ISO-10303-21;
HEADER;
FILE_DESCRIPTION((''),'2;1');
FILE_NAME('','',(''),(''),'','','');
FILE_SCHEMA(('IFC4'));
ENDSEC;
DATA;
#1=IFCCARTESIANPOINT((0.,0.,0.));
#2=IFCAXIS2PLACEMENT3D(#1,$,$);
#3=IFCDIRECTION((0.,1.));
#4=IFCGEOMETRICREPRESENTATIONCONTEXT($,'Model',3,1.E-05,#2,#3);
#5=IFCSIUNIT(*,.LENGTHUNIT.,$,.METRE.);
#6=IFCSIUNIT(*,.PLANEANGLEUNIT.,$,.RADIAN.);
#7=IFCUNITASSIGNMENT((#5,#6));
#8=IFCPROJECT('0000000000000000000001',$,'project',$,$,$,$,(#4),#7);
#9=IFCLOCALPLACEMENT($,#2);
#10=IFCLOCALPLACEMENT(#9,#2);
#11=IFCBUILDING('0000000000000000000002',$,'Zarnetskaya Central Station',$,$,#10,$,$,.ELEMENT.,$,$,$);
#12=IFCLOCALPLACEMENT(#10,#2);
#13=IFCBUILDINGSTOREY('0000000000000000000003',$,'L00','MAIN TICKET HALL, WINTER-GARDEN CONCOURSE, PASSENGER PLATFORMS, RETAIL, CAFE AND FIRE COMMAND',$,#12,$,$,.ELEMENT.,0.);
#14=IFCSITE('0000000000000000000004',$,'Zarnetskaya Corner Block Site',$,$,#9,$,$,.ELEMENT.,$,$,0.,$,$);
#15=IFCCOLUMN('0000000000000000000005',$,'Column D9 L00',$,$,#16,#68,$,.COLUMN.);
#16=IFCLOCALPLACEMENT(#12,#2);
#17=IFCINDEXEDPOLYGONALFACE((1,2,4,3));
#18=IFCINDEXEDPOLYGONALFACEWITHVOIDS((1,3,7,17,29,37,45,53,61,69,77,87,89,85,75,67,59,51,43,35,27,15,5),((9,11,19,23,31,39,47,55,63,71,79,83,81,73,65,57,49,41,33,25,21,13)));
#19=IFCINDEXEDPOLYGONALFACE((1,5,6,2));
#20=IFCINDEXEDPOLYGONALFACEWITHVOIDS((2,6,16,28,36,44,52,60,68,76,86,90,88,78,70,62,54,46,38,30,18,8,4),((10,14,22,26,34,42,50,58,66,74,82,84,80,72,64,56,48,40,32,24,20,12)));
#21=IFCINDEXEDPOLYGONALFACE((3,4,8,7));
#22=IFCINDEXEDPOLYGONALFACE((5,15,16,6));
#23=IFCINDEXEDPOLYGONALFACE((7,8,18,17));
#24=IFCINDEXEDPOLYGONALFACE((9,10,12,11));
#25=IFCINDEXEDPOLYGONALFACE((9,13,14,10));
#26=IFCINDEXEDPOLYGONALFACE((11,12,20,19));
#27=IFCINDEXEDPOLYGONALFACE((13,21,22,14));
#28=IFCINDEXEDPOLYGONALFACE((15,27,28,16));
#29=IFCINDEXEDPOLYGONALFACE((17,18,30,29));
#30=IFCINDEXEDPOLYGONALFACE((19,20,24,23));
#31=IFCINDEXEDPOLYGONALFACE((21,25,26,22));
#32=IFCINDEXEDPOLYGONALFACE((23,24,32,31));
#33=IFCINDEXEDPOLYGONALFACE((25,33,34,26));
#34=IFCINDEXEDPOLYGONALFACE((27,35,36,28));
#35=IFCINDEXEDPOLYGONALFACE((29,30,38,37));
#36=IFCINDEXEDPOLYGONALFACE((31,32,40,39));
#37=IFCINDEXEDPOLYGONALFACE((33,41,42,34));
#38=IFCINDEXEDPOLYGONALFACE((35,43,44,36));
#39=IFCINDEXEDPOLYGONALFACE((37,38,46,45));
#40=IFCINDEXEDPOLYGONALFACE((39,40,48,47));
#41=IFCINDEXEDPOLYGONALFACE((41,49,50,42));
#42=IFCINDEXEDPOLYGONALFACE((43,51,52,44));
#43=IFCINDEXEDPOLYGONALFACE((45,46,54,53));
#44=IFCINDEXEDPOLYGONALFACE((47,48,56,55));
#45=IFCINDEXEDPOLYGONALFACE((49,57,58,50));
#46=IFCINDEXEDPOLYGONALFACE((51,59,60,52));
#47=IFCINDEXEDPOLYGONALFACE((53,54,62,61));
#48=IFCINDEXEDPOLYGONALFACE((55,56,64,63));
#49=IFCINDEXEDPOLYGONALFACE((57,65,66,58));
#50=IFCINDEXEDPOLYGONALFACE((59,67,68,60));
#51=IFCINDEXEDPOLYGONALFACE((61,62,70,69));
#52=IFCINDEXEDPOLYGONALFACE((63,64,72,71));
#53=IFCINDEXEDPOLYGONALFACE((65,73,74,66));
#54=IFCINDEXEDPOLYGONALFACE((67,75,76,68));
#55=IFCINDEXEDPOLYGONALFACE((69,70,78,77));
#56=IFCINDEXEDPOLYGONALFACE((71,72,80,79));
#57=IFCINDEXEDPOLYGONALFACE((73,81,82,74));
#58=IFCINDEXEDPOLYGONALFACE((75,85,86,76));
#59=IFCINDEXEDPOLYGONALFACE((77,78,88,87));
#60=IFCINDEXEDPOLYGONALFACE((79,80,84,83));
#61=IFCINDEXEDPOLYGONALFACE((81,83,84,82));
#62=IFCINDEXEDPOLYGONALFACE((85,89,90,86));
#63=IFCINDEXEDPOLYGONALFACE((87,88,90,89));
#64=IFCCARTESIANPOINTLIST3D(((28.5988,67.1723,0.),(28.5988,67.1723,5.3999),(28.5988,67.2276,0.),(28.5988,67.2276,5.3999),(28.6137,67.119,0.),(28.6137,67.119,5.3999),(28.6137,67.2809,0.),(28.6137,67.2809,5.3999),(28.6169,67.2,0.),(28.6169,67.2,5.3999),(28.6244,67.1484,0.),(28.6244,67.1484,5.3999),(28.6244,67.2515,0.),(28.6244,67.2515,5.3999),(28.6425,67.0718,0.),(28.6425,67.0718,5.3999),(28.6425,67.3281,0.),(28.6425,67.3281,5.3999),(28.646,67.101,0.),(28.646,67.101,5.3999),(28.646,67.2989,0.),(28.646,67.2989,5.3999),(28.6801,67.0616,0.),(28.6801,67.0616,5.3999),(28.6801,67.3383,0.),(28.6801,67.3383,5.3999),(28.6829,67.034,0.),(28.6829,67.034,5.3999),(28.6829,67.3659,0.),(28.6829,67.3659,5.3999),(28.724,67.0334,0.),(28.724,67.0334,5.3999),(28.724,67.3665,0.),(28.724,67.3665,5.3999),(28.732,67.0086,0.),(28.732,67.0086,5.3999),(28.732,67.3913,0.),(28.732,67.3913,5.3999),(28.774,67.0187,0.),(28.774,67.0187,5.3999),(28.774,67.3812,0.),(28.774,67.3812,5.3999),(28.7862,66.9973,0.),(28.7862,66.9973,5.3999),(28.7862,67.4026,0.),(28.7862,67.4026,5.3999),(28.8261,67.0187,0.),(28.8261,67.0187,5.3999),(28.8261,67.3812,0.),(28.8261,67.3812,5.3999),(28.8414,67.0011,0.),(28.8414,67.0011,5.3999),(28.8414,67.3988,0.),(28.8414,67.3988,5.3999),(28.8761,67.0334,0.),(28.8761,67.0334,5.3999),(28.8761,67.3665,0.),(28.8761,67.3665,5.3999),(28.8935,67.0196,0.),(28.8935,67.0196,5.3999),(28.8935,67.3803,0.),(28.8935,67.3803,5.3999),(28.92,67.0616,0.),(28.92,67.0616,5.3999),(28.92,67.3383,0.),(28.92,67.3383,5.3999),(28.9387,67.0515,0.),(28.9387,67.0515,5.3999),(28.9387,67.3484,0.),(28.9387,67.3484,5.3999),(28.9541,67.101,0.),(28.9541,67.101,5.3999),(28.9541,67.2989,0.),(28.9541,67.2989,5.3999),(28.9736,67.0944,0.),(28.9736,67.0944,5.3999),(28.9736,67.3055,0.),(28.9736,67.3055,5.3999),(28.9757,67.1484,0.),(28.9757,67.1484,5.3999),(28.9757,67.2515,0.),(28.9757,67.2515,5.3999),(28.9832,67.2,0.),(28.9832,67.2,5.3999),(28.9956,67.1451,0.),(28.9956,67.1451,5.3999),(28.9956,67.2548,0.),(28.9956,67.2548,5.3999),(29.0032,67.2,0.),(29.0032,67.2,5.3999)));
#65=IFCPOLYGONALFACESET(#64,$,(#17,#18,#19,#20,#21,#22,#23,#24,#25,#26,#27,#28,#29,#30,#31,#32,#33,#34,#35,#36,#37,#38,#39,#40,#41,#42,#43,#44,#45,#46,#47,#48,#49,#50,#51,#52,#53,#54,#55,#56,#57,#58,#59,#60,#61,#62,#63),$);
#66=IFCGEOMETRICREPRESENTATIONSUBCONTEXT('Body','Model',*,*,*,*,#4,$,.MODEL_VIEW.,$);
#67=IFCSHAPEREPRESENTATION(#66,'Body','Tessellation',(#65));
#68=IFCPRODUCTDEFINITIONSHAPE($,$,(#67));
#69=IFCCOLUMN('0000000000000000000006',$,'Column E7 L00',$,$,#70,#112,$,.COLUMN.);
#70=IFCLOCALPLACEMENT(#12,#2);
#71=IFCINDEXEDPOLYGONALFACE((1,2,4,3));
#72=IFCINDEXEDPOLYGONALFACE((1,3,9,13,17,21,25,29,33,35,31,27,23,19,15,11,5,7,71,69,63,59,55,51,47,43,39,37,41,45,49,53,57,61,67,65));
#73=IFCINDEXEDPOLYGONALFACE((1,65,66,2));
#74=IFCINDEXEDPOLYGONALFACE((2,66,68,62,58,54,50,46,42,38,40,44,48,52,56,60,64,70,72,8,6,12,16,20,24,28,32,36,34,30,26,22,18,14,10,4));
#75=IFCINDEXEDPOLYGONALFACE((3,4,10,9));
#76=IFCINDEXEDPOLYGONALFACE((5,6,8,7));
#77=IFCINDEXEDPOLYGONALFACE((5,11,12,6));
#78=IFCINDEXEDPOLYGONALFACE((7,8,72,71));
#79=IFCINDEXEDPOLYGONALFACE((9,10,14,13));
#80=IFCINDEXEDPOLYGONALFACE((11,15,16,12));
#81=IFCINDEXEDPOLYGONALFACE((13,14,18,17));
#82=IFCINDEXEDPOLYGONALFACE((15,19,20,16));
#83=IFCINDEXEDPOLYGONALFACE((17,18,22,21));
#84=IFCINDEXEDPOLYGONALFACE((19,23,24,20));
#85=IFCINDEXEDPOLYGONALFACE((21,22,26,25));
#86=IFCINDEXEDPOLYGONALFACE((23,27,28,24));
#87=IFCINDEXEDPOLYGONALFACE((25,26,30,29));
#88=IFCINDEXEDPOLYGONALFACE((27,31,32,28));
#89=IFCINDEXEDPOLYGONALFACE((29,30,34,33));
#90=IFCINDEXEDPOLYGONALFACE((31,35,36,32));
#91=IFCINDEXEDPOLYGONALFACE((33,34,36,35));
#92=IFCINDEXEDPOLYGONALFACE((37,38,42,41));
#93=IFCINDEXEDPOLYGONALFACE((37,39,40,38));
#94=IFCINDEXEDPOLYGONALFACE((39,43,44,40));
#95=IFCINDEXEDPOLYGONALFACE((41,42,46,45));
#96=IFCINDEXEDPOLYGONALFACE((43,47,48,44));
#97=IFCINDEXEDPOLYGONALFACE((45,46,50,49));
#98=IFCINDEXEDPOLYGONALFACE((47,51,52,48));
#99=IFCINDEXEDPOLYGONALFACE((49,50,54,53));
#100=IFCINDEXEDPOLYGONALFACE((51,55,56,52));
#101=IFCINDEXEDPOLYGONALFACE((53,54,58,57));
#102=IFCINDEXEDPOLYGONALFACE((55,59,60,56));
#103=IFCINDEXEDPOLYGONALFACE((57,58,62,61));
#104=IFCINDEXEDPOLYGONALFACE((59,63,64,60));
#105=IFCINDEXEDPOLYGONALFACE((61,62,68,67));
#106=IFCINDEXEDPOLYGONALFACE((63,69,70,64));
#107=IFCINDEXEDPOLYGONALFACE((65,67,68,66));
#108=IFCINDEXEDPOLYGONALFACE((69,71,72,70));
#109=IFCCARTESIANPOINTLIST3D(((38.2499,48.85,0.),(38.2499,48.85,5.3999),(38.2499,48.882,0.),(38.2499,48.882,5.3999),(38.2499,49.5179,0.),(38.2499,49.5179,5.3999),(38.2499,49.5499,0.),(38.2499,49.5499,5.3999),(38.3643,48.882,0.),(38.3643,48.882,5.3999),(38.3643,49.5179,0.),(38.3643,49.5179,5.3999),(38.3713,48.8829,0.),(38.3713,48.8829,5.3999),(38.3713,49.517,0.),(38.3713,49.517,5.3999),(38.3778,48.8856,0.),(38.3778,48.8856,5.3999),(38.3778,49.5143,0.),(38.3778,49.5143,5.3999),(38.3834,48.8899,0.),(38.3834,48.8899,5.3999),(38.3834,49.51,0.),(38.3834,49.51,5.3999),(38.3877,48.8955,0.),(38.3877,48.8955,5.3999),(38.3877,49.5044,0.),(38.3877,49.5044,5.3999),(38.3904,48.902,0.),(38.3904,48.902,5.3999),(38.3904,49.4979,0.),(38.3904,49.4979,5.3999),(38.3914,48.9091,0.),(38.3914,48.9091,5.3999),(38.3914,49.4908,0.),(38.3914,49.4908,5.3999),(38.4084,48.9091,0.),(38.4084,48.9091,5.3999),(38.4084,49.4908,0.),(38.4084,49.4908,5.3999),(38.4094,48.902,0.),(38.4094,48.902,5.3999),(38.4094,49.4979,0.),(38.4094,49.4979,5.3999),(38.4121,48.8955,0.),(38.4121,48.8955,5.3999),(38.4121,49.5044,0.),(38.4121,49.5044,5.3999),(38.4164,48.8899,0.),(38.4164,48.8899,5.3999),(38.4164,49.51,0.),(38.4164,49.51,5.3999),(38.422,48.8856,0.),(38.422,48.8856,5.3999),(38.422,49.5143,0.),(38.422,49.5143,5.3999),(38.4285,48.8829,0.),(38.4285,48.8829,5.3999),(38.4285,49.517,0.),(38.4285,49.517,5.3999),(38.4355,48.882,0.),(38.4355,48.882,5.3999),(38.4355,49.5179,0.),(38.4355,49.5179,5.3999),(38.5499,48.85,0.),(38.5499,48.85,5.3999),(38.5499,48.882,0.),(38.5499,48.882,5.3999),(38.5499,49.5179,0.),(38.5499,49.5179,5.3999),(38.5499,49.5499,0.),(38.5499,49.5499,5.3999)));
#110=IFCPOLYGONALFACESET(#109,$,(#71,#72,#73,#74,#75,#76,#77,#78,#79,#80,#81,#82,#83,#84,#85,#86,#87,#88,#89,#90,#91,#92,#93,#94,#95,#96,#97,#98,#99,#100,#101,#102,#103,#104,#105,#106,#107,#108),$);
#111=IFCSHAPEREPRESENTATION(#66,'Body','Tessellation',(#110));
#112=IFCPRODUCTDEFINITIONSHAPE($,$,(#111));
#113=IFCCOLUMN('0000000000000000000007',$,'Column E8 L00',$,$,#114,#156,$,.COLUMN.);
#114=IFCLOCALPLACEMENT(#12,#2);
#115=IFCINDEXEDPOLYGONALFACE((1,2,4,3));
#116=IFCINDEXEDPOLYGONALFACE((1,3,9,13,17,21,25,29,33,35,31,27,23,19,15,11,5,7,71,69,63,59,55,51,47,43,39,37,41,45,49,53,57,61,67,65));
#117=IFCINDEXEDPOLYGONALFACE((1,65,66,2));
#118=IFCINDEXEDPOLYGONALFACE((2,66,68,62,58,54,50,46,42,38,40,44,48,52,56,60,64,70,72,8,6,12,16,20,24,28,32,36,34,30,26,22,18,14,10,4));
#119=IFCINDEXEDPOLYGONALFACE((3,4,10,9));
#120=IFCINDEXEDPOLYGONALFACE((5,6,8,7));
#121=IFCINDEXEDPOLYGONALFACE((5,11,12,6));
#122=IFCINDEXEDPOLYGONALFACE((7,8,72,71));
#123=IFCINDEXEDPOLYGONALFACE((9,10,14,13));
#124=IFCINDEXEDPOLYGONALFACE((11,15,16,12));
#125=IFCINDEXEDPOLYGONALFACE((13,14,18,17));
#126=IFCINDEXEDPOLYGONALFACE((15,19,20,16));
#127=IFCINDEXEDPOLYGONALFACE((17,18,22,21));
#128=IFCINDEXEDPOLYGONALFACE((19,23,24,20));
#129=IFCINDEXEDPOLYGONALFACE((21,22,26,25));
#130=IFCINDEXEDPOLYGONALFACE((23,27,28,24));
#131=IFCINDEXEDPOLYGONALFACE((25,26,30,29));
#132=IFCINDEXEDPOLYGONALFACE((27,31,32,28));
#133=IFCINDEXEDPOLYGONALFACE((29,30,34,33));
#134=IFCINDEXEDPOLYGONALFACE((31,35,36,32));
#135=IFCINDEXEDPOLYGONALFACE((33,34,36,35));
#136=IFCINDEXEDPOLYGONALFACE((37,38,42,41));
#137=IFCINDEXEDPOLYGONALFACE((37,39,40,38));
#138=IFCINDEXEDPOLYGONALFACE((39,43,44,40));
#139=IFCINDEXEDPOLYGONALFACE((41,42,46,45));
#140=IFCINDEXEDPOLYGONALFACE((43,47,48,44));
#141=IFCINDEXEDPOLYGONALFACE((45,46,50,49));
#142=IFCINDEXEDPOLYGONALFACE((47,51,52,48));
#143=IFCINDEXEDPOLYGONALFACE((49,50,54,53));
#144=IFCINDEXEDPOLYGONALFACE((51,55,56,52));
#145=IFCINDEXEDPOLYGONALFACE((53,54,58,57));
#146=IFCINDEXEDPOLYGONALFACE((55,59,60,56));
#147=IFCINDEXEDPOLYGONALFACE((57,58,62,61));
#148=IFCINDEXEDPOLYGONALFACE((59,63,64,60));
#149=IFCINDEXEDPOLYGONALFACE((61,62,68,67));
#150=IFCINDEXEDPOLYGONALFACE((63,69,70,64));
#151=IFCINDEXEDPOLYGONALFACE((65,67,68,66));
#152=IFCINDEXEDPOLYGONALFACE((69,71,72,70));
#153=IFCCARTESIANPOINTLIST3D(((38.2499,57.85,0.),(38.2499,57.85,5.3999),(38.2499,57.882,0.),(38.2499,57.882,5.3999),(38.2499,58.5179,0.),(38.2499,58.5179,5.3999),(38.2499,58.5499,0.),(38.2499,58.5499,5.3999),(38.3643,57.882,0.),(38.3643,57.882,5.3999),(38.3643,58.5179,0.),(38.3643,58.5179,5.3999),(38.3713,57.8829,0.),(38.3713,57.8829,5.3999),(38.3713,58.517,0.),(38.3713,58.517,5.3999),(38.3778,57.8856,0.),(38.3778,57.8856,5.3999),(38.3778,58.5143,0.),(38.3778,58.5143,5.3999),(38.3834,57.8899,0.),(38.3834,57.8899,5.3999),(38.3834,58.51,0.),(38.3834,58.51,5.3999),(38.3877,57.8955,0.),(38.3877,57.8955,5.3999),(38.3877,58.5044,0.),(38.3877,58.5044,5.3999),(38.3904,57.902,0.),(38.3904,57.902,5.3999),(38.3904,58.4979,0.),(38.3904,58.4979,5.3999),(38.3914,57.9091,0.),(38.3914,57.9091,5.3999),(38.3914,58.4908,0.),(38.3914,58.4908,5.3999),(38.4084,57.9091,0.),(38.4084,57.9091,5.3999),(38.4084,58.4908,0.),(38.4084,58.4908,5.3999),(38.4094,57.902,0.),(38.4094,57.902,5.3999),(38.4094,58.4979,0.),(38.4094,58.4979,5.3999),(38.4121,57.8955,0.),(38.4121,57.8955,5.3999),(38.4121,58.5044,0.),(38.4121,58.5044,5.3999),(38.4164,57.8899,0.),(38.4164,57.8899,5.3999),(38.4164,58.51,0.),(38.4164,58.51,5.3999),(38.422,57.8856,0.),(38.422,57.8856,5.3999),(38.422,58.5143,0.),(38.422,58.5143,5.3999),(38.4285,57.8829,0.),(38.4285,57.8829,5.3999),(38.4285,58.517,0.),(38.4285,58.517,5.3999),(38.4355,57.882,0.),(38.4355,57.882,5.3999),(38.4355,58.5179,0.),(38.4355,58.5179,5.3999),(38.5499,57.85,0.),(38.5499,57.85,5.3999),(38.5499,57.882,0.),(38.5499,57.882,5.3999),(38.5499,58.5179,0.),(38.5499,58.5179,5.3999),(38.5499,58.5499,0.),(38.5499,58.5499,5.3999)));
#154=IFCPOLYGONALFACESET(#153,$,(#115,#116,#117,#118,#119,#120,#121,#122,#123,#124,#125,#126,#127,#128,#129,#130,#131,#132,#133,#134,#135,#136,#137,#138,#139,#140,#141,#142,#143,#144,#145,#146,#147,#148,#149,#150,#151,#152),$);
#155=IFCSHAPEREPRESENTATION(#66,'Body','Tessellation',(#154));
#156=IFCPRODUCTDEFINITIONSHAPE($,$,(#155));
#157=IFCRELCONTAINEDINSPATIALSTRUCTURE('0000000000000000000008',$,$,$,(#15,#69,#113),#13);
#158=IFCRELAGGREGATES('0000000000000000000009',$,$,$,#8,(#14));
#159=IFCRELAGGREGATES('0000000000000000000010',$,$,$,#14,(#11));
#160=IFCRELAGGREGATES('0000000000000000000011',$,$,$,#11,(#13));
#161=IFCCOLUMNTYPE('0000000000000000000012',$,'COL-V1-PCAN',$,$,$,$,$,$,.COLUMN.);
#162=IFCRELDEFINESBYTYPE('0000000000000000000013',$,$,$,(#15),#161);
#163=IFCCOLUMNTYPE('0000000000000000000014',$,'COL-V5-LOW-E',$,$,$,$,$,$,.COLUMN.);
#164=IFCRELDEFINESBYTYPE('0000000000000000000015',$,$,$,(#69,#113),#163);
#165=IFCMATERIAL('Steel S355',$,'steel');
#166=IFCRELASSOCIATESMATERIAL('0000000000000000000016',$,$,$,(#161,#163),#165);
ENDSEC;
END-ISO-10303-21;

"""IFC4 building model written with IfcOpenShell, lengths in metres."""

from ifc_helpers import new_model, si_unit, direction, frame, origin, origin_2d, place, context, subcontext, project, spatial, hollow_circle, i_section, extrude, material, material_profile, profile_set, type_object, element, save


model = new_model("IFC4")

# Units and contexts
model_context = context("Model", 3, precision=1e-05, world=origin(), true_north=direction((0.0, 1.0)))
body_context = subcontext(model_context, "Body", "Model", "MODEL_VIEW")
ifc_project = project(units=[si_unit("LENGTHUNIT", "METRE"), si_unit("PLANEANGLEUNIT", "RADIAN")], contexts=[model_context])

# Site, building, storey
site_placement = place(None, origin())
site = spatial("IfcSite", under=ifc_project, at=site_placement, Name="Zarnetskaya Corner Block Site", CompositionType="ELEMENT", RefElevation=0.0)
building_placement = place(site_placement, origin())
building = spatial("IfcBuilding", under=site, at=building_placement, Name="Zarnetskaya Central Station", CompositionType="ELEMENT")
storey_placement = place(building_placement, origin())
storey = spatial("IfcBuildingStorey", under=building, at=storey_placement, Name="L00", Description="MAIN TICKET HALL, WINTER-GARDEN CONCOURSE, PASSENGER PLATFORMS, RETAIL, CAFE AND FIRE COMMAND", CompositionType="ELEMENT", Elevation=0.0)

# Columns
ifc_material_1 = material(Name="Steel S355", Category="steel")
ifc_material_profile_1 = material_profile(ifc_material_1, hollow_circle(Radius=0.2031, WallThickness=0.02, at=origin_2d()), Name="CHS 406.4x20")
ifc_profile_set_1 = profile_set([ifc_material_profile_1], Name="Steel S355")
column_type_1 = type_object("IfcColumnType", Name="COL-V1-PCAN", PredefinedType="COLUMN", material=ifc_profile_set_1)
column_1_placement = place(storey_placement, frame((28.8, 67.2, 0.0), z_axis=(0.0, 0.0, 1.0), x_axis=(1.0, 0.0, 0.0)))
element("IfcColumn", 1, at=column_1_placement, inside=storey, type_object=column_type_1, Name="Column D9 L00", PredefinedType="COLUMN", context=body_context, shape_type="SweptSolid", body=[
    extrude(hollow_circle(Radius=0.2031, WallThickness=0.02, at=origin_2d()), origin(), (0.0, 0.0, 1.0), 5.3999),
])
ifc_material_profile_2 = material_profile(ifc_material_1, i_section(OverallWidth=0.3, OverallDepth=0.7, WebThickness=0.0171, FlangeThickness=0.032, FilletRadius=0.0271, at=origin_2d()), Name="HEB 700")
ifc_profile_set_2 = profile_set([ifc_material_profile_2], Name="Steel S355")
column_type_2 = type_object("IfcColumnType", Name="COL-V5-LOW-E", PredefinedType="COLUMN", material=ifc_profile_set_2)
for number, where, z_axis, x_axis, name in (
    (2, (38.3999, 49.2, 0.0), (0.0, 0.0, 1.0), (1.0, 0.0, 0.0), "Column E7 L00"),
    (3, (38.3999, 58.2, 0.0), (0.0, 0.0, 1.0), (1.0, 0.0, 0.0), "Column E8 L00"),
):
    element("IfcColumn", number, at=place(storey_placement, frame(where, z_axis=z_axis, x_axis=x_axis)), inside=storey, type_object=column_type_2, Name=name, PredefinedType="COLUMN", context=body_context, shape_type="SweptSolid", body=[
        extrude(i_section(OverallWidth=0.3, OverallDepth=0.7, WebThickness=0.0171, FlangeThickness=0.032, FilletRadius=0.0271, at=origin_2d()), origin(), (0.0, 0.0, 1.0), 5.3999),
    ])

save(model, "model.ifc")
